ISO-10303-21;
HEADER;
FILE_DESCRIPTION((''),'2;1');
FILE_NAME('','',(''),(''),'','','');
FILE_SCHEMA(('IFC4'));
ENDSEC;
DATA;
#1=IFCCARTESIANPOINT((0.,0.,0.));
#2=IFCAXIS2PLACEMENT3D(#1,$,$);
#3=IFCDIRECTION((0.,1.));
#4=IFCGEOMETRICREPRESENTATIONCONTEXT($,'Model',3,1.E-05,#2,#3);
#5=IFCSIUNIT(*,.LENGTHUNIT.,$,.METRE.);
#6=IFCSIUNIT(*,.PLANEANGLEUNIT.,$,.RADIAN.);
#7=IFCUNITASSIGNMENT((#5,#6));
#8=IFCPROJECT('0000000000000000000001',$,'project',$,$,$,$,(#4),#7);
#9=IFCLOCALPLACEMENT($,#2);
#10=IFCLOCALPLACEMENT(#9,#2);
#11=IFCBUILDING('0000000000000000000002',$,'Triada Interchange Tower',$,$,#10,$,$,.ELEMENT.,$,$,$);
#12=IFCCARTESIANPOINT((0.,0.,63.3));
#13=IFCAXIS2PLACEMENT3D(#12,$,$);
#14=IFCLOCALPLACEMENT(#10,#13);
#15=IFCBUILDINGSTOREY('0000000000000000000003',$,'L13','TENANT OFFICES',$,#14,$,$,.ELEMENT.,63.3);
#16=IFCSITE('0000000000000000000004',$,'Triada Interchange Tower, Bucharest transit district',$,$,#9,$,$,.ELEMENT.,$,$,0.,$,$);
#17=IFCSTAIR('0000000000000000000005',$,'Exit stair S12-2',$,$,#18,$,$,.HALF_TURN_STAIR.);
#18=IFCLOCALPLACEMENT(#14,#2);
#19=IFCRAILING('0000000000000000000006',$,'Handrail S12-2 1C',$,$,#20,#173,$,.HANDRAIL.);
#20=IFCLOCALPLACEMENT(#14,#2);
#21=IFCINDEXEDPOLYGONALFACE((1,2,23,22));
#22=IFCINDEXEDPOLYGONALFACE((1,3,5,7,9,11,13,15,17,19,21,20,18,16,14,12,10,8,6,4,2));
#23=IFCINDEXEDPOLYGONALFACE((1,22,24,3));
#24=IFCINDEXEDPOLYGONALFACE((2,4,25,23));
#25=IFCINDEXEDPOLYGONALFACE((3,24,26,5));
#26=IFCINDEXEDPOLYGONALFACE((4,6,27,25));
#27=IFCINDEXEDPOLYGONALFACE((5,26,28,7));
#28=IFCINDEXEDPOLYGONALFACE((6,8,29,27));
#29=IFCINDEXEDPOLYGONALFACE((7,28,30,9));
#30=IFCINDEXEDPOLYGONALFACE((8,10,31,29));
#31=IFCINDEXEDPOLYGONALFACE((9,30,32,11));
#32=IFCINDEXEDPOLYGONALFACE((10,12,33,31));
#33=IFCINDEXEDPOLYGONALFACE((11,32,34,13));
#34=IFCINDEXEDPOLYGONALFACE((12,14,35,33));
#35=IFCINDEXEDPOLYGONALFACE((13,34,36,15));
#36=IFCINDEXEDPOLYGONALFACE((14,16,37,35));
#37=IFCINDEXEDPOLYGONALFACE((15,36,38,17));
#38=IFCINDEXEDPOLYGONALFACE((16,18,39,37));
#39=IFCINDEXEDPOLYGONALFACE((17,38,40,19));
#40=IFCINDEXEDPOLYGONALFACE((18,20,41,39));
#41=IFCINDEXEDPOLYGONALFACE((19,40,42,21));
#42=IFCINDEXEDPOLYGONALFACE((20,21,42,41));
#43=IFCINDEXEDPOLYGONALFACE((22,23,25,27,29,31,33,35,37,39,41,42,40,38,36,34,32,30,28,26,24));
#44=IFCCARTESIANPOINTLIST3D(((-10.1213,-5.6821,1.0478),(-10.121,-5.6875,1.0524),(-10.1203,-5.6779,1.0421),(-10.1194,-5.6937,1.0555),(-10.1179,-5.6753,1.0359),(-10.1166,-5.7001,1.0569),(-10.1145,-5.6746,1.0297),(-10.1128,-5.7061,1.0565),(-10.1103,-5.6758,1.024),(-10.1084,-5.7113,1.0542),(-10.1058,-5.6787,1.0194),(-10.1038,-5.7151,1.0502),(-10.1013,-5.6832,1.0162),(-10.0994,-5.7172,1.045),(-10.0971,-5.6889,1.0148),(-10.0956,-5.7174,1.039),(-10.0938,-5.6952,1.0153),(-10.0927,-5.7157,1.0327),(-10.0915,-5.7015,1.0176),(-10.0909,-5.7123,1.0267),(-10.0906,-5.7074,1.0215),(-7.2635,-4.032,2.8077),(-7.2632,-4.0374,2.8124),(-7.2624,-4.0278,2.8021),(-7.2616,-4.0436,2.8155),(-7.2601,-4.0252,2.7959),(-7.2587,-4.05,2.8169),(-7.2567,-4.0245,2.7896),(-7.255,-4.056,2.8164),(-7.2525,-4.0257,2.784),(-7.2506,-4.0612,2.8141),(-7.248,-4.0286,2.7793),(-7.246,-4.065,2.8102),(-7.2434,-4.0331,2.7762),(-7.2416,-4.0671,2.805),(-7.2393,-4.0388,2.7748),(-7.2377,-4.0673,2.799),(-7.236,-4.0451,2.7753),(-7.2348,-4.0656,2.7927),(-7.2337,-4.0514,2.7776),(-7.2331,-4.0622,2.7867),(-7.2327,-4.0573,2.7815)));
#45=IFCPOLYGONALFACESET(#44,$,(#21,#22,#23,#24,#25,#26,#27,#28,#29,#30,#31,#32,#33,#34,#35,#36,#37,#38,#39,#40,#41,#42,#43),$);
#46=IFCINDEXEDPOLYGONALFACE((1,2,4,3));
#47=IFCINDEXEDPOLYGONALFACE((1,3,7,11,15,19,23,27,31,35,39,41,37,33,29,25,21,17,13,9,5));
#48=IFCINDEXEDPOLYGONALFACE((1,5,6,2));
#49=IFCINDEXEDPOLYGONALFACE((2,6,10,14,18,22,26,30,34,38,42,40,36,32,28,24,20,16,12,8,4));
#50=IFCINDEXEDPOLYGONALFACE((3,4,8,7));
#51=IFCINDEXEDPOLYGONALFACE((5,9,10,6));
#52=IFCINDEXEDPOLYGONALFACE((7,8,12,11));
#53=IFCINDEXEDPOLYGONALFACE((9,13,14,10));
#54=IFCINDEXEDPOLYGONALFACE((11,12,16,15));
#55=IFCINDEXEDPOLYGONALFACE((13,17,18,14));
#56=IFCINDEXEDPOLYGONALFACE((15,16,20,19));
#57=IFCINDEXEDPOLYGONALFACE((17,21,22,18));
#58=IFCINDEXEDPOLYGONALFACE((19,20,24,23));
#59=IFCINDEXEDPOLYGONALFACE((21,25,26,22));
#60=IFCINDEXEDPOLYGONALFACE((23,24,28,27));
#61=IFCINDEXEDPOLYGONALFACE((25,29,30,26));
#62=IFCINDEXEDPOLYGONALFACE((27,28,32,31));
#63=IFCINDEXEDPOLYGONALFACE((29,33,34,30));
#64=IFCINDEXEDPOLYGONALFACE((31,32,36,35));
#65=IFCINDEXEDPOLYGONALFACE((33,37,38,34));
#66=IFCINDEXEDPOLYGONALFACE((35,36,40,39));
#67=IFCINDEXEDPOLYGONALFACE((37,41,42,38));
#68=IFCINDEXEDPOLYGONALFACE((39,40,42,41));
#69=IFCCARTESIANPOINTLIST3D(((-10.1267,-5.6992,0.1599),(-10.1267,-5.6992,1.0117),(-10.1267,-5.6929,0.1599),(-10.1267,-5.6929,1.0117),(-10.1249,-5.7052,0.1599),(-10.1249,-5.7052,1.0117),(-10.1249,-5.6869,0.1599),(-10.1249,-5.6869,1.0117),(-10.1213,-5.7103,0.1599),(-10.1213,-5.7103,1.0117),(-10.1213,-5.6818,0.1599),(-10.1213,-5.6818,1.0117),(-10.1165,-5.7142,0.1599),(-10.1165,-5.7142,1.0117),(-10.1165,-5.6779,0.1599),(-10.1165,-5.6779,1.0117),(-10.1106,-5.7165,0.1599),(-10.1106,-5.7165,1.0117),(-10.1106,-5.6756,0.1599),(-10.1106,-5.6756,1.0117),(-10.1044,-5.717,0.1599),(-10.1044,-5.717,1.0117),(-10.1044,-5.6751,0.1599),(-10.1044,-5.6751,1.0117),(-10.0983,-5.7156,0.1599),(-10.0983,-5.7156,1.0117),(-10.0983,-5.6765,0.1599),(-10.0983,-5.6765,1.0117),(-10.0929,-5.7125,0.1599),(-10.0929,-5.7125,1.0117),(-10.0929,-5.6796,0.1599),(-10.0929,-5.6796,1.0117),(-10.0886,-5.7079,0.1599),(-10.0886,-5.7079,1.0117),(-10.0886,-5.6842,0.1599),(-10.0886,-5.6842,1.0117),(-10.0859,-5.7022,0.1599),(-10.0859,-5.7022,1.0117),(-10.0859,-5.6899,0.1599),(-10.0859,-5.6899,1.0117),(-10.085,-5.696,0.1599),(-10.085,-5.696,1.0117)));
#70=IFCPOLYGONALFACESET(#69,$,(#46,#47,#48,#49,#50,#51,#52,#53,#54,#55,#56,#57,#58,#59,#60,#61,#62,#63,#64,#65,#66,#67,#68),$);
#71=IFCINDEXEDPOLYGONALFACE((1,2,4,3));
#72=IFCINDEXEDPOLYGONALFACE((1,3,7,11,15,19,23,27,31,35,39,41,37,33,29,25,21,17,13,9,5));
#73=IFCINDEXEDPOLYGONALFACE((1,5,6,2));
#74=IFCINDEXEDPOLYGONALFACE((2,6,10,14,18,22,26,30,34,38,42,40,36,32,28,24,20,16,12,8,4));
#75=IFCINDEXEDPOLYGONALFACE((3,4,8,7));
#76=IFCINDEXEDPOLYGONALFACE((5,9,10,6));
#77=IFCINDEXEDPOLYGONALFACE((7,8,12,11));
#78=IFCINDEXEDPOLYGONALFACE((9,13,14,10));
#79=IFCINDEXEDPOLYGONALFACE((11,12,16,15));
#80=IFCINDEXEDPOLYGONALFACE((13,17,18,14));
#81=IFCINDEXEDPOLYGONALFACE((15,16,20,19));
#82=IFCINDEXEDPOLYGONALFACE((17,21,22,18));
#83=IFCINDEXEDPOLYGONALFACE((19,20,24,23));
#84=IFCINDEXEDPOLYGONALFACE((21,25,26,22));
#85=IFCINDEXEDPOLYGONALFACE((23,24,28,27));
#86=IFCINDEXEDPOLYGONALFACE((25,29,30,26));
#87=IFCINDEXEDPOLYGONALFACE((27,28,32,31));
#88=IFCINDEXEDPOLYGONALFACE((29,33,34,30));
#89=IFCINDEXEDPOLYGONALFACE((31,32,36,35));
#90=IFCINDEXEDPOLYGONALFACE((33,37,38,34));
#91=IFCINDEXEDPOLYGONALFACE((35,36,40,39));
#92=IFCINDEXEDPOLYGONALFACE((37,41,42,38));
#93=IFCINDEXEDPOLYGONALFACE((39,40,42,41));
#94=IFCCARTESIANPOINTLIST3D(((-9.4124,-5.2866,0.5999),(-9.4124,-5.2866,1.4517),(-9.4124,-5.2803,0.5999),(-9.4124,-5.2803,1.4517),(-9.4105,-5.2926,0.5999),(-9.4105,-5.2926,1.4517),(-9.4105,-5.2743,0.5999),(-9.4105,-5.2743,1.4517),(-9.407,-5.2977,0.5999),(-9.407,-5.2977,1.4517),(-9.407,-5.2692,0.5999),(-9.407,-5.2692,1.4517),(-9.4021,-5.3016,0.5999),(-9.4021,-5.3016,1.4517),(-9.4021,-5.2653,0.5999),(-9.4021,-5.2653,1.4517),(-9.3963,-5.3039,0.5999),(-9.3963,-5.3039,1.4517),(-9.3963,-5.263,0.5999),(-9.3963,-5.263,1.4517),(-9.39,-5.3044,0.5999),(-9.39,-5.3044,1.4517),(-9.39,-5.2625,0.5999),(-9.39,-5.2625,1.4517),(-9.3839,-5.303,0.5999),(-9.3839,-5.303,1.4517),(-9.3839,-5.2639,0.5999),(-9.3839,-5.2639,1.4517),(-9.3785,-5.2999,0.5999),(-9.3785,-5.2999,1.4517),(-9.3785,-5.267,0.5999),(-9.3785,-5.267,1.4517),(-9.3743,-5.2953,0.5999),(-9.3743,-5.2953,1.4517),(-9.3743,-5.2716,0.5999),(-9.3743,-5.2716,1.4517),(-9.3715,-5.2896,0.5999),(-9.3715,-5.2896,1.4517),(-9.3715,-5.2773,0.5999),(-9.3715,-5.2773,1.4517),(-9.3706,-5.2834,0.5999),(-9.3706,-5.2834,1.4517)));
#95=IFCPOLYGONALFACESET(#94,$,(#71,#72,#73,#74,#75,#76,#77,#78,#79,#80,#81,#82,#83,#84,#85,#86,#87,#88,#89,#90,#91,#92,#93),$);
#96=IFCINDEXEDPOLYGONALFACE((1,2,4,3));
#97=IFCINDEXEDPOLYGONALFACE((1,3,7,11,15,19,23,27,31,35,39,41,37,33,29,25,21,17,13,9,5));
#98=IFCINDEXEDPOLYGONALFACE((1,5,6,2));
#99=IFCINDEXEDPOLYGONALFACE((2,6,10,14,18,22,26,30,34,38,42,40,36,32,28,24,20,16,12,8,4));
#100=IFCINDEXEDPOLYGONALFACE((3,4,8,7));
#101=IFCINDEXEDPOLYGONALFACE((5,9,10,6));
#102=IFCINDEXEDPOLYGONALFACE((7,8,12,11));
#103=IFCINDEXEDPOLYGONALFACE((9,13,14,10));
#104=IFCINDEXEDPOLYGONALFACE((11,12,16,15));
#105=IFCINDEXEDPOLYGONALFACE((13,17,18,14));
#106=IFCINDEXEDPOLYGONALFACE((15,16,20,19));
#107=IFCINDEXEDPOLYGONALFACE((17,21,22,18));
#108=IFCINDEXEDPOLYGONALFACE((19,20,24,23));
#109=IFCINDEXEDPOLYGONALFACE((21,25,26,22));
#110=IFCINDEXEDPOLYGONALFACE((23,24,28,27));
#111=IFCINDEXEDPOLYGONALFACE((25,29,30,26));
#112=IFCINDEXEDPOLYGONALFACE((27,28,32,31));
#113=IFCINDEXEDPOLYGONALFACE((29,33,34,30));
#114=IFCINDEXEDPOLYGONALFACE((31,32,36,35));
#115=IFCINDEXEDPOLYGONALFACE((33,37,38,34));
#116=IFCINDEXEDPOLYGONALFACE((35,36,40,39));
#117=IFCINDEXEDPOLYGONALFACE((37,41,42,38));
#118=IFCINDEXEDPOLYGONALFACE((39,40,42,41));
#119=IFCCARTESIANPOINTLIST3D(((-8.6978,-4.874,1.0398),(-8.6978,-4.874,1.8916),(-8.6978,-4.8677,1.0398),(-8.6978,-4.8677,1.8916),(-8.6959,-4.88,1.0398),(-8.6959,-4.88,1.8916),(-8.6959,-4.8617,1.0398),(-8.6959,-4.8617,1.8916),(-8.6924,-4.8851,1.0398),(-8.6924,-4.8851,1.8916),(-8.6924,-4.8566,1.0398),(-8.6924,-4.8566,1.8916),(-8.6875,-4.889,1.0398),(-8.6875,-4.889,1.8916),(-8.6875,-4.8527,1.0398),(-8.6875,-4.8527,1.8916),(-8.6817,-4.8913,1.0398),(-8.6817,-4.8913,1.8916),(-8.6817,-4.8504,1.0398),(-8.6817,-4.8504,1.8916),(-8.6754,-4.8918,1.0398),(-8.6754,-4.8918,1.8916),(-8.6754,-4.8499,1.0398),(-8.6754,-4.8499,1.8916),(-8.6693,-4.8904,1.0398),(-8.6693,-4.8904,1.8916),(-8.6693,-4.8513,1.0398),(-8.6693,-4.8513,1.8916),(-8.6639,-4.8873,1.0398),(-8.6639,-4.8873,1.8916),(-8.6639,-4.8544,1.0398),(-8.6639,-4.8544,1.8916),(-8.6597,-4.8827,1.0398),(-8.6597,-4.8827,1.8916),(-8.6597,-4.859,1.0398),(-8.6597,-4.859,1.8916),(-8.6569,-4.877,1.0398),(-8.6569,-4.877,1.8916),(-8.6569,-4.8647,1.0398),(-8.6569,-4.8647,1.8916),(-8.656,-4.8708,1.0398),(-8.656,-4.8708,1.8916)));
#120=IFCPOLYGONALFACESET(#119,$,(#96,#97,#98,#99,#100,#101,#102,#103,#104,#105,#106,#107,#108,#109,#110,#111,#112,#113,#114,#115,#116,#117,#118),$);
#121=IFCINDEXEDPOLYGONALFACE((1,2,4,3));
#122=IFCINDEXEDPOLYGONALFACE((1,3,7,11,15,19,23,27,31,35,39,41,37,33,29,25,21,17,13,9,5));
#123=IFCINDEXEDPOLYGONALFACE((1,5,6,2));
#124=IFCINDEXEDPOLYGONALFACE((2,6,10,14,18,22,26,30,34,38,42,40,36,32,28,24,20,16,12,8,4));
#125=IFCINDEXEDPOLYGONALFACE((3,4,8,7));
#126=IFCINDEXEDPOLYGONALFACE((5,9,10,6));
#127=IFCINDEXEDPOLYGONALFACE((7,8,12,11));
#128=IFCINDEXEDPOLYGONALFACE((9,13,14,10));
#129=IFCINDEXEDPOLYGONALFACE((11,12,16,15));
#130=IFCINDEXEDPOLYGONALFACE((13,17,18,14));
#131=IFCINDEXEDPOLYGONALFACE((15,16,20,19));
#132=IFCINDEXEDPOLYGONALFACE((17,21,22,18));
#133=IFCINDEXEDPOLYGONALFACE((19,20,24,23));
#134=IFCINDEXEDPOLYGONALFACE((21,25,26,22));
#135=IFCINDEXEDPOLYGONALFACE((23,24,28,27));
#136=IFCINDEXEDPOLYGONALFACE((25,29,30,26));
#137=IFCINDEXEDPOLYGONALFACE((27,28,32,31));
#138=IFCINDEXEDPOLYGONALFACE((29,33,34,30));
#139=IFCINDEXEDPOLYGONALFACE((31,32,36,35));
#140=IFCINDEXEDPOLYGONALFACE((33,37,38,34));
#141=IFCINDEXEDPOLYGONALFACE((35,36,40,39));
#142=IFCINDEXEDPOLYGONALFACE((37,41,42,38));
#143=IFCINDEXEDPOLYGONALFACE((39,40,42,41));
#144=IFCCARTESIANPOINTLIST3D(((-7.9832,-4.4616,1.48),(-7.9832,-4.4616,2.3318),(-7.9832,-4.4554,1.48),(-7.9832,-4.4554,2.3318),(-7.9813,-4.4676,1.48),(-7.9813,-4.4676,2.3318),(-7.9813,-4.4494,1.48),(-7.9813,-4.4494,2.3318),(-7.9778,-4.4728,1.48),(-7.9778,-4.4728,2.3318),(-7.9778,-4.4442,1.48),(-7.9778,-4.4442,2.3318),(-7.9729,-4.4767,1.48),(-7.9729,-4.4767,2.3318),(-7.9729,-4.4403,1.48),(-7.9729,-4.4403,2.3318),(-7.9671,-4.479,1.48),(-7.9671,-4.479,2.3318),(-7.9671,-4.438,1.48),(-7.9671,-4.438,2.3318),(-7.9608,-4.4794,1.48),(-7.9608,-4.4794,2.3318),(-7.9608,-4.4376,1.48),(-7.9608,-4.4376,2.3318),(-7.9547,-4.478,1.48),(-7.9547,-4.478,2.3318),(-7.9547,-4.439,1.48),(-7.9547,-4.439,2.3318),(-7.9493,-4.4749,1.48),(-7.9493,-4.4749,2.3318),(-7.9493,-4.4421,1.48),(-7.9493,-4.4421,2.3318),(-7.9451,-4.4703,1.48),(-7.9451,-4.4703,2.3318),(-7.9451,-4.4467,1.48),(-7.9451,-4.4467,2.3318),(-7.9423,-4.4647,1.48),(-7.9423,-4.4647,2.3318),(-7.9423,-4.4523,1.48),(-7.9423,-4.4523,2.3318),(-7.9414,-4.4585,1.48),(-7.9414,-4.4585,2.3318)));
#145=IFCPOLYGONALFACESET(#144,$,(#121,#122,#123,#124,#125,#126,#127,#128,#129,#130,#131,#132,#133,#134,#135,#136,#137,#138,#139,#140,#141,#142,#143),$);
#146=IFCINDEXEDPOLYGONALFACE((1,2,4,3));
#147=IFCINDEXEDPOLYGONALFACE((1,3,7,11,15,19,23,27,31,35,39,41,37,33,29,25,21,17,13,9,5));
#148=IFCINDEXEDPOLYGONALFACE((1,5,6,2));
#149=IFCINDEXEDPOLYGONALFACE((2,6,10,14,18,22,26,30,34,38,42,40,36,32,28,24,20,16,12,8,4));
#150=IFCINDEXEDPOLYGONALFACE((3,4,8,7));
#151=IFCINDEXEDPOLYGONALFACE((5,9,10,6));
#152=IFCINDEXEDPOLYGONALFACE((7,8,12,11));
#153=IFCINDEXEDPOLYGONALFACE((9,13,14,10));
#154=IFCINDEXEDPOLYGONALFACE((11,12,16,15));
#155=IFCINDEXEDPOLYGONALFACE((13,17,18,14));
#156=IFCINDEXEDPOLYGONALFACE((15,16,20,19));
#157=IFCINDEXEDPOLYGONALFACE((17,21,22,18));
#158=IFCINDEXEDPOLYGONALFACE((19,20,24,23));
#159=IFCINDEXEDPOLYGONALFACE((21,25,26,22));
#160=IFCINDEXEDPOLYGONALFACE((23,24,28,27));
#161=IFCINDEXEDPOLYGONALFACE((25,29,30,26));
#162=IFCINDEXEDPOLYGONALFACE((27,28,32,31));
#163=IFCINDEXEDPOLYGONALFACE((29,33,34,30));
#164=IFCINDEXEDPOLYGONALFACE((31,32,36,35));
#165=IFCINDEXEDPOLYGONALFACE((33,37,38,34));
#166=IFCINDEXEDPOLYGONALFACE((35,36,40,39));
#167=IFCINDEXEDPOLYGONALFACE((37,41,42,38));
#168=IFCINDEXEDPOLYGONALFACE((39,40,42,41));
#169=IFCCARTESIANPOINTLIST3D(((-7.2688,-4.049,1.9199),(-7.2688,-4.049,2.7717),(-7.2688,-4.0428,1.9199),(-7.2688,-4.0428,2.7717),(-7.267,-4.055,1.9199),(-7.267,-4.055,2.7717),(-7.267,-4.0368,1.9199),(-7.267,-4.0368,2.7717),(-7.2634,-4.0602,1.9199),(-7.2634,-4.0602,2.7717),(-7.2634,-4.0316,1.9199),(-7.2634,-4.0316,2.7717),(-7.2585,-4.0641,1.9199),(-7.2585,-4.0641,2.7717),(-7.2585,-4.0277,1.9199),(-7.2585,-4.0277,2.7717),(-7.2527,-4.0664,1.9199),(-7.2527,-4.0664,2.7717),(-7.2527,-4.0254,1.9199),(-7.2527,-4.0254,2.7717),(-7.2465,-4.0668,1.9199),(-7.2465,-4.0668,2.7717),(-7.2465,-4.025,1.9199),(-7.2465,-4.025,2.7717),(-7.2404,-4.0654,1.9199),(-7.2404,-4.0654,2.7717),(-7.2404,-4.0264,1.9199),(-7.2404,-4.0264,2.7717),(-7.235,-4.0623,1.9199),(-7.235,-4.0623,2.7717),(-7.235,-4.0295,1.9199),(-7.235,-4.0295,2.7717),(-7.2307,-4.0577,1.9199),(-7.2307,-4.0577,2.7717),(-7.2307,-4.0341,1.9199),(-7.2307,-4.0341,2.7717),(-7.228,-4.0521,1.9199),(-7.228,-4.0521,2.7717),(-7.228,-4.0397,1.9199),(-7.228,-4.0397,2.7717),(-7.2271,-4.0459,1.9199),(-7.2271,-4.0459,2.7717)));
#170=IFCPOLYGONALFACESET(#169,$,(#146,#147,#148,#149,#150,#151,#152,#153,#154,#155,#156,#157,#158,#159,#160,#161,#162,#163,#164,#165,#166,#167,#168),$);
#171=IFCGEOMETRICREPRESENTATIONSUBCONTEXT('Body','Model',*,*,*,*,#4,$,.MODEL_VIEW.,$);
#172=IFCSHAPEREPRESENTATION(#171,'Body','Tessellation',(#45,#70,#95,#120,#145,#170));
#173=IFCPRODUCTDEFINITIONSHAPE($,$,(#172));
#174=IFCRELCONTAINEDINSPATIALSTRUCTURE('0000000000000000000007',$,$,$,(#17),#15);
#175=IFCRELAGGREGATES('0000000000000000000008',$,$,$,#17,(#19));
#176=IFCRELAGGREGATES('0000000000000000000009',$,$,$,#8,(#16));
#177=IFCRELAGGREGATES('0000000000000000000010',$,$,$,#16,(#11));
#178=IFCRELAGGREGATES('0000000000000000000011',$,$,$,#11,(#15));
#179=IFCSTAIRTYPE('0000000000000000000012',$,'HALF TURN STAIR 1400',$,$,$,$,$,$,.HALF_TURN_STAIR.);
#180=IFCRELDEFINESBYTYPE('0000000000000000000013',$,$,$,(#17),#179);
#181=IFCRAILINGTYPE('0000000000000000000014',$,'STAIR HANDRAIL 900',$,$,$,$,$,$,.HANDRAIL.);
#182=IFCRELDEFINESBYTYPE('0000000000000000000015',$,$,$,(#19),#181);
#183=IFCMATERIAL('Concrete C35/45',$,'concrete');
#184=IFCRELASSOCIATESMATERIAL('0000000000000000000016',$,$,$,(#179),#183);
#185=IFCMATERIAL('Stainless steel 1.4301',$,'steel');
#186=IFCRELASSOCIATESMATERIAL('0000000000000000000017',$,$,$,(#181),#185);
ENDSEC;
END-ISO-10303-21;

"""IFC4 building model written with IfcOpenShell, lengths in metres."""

from ifc_helpers import new_model, si_unit, direction, frame, origin, origin_2d, place, context, subcontext, project, spatial, circle, extrude, material, type_object, element, aggregate, save


model = new_model("IFC4")

# Units and contexts
model_context = context("Model", 3, precision=1e-05, world=origin(), true_north=direction((0.0, 1.0)))
body_context = subcontext(model_context, "Body", "Model", "MODEL_VIEW")
ifc_project = project(units=[si_unit("LENGTHUNIT", "METRE"), si_unit("PLANEANGLEUNIT", "RADIAN")], contexts=[model_context])

# Site, building, storey
site_placement = place(None, origin())
site = spatial("IfcSite", under=ifc_project, at=site_placement, Name="Triada Interchange Tower, Bucharest transit district", CompositionType="ELEMENT", RefElevation=0.0)
building_placement = place(site_placement, origin())
building = spatial("IfcBuilding", under=site, at=building_placement, Name="Triada Interchange Tower", CompositionType="ELEMENT")
storey_placement = place(building_placement, frame((0.0, 0.0, 63.3)))
storey = spatial("IfcBuildingStorey", under=building, at=storey_placement, Name="L13", Description="TENANT OFFICES", CompositionType="ELEMENT", Elevation=63.3)

# Stair, railing
ifc_material_1 = material(Name="Concrete C35/45", Category="concrete")
stair_type = type_object("IfcStairType", Name="HALF TURN STAIR 1400", PredefinedType="HALF_TURN_STAIR", material=ifc_material_1)
stair_placement = place(storey_placement, origin())
stair = element("IfcStair", 1, at=stair_placement, inside=storey, type_object=stair_type, Name="Exit stair S12-2", PredefinedType="HALF_TURN_STAIR")
ifc_material_2 = material(Name="Stainless steel 1.4301", Category="steel")
railing_type = type_object("IfcRailingType", Name="STAIR HANDRAIL 900", PredefinedType="HANDRAIL", material=ifc_material_2)
railing_1_placement = place(storey_placement, frame((-10.106, -5.696, 0.1599)))
railing_1 = element("IfcRailing", 2, at=railing_1_placement, type_object=railing_type, Name="Handrail S12-2 1C", PredefinedType="HANDRAIL", context=body_context, shape_type="SweptSolid", body=[
    extrude(circle(Radius=0.0239, at=origin_2d()), frame((0.0, 0.0, 0.876), z_axis=(0.764129, 0.441205, 0.47058), x_axis=(-0.50003, 0.866008, 0.0)), (0.0, 0.0, 1.0), 3.74),
    extrude(circle(Radius=0.021, at=origin_2d()), origin(), (0.0, 0.0, 1.0), 0.8518),
    extrude(circle(Radius=0.021, at=origin_2d()), frame((0.7144, 0.4126, 0.4399)), (0.0, 0.0, 1.0), 0.8518),
    extrude(circle(Radius=0.021, at=origin_2d()), frame((1.429, 0.8252, 0.8799)), (0.0, 0.0, 1.0), 0.8518),
    extrude(circle(Radius=0.021, at=origin_2d()), frame((2.1436, 1.2375, 1.3201)), (0.0, 0.0, 1.0), 0.8518),
    extrude(circle(Radius=0.021, at=origin_2d()), frame((2.8579, 1.6501, 1.76)), (0.0, 0.0, 1.0), 0.8518),
])
aggregate(stair, [railing_1])

save(model, "model.ifc")
